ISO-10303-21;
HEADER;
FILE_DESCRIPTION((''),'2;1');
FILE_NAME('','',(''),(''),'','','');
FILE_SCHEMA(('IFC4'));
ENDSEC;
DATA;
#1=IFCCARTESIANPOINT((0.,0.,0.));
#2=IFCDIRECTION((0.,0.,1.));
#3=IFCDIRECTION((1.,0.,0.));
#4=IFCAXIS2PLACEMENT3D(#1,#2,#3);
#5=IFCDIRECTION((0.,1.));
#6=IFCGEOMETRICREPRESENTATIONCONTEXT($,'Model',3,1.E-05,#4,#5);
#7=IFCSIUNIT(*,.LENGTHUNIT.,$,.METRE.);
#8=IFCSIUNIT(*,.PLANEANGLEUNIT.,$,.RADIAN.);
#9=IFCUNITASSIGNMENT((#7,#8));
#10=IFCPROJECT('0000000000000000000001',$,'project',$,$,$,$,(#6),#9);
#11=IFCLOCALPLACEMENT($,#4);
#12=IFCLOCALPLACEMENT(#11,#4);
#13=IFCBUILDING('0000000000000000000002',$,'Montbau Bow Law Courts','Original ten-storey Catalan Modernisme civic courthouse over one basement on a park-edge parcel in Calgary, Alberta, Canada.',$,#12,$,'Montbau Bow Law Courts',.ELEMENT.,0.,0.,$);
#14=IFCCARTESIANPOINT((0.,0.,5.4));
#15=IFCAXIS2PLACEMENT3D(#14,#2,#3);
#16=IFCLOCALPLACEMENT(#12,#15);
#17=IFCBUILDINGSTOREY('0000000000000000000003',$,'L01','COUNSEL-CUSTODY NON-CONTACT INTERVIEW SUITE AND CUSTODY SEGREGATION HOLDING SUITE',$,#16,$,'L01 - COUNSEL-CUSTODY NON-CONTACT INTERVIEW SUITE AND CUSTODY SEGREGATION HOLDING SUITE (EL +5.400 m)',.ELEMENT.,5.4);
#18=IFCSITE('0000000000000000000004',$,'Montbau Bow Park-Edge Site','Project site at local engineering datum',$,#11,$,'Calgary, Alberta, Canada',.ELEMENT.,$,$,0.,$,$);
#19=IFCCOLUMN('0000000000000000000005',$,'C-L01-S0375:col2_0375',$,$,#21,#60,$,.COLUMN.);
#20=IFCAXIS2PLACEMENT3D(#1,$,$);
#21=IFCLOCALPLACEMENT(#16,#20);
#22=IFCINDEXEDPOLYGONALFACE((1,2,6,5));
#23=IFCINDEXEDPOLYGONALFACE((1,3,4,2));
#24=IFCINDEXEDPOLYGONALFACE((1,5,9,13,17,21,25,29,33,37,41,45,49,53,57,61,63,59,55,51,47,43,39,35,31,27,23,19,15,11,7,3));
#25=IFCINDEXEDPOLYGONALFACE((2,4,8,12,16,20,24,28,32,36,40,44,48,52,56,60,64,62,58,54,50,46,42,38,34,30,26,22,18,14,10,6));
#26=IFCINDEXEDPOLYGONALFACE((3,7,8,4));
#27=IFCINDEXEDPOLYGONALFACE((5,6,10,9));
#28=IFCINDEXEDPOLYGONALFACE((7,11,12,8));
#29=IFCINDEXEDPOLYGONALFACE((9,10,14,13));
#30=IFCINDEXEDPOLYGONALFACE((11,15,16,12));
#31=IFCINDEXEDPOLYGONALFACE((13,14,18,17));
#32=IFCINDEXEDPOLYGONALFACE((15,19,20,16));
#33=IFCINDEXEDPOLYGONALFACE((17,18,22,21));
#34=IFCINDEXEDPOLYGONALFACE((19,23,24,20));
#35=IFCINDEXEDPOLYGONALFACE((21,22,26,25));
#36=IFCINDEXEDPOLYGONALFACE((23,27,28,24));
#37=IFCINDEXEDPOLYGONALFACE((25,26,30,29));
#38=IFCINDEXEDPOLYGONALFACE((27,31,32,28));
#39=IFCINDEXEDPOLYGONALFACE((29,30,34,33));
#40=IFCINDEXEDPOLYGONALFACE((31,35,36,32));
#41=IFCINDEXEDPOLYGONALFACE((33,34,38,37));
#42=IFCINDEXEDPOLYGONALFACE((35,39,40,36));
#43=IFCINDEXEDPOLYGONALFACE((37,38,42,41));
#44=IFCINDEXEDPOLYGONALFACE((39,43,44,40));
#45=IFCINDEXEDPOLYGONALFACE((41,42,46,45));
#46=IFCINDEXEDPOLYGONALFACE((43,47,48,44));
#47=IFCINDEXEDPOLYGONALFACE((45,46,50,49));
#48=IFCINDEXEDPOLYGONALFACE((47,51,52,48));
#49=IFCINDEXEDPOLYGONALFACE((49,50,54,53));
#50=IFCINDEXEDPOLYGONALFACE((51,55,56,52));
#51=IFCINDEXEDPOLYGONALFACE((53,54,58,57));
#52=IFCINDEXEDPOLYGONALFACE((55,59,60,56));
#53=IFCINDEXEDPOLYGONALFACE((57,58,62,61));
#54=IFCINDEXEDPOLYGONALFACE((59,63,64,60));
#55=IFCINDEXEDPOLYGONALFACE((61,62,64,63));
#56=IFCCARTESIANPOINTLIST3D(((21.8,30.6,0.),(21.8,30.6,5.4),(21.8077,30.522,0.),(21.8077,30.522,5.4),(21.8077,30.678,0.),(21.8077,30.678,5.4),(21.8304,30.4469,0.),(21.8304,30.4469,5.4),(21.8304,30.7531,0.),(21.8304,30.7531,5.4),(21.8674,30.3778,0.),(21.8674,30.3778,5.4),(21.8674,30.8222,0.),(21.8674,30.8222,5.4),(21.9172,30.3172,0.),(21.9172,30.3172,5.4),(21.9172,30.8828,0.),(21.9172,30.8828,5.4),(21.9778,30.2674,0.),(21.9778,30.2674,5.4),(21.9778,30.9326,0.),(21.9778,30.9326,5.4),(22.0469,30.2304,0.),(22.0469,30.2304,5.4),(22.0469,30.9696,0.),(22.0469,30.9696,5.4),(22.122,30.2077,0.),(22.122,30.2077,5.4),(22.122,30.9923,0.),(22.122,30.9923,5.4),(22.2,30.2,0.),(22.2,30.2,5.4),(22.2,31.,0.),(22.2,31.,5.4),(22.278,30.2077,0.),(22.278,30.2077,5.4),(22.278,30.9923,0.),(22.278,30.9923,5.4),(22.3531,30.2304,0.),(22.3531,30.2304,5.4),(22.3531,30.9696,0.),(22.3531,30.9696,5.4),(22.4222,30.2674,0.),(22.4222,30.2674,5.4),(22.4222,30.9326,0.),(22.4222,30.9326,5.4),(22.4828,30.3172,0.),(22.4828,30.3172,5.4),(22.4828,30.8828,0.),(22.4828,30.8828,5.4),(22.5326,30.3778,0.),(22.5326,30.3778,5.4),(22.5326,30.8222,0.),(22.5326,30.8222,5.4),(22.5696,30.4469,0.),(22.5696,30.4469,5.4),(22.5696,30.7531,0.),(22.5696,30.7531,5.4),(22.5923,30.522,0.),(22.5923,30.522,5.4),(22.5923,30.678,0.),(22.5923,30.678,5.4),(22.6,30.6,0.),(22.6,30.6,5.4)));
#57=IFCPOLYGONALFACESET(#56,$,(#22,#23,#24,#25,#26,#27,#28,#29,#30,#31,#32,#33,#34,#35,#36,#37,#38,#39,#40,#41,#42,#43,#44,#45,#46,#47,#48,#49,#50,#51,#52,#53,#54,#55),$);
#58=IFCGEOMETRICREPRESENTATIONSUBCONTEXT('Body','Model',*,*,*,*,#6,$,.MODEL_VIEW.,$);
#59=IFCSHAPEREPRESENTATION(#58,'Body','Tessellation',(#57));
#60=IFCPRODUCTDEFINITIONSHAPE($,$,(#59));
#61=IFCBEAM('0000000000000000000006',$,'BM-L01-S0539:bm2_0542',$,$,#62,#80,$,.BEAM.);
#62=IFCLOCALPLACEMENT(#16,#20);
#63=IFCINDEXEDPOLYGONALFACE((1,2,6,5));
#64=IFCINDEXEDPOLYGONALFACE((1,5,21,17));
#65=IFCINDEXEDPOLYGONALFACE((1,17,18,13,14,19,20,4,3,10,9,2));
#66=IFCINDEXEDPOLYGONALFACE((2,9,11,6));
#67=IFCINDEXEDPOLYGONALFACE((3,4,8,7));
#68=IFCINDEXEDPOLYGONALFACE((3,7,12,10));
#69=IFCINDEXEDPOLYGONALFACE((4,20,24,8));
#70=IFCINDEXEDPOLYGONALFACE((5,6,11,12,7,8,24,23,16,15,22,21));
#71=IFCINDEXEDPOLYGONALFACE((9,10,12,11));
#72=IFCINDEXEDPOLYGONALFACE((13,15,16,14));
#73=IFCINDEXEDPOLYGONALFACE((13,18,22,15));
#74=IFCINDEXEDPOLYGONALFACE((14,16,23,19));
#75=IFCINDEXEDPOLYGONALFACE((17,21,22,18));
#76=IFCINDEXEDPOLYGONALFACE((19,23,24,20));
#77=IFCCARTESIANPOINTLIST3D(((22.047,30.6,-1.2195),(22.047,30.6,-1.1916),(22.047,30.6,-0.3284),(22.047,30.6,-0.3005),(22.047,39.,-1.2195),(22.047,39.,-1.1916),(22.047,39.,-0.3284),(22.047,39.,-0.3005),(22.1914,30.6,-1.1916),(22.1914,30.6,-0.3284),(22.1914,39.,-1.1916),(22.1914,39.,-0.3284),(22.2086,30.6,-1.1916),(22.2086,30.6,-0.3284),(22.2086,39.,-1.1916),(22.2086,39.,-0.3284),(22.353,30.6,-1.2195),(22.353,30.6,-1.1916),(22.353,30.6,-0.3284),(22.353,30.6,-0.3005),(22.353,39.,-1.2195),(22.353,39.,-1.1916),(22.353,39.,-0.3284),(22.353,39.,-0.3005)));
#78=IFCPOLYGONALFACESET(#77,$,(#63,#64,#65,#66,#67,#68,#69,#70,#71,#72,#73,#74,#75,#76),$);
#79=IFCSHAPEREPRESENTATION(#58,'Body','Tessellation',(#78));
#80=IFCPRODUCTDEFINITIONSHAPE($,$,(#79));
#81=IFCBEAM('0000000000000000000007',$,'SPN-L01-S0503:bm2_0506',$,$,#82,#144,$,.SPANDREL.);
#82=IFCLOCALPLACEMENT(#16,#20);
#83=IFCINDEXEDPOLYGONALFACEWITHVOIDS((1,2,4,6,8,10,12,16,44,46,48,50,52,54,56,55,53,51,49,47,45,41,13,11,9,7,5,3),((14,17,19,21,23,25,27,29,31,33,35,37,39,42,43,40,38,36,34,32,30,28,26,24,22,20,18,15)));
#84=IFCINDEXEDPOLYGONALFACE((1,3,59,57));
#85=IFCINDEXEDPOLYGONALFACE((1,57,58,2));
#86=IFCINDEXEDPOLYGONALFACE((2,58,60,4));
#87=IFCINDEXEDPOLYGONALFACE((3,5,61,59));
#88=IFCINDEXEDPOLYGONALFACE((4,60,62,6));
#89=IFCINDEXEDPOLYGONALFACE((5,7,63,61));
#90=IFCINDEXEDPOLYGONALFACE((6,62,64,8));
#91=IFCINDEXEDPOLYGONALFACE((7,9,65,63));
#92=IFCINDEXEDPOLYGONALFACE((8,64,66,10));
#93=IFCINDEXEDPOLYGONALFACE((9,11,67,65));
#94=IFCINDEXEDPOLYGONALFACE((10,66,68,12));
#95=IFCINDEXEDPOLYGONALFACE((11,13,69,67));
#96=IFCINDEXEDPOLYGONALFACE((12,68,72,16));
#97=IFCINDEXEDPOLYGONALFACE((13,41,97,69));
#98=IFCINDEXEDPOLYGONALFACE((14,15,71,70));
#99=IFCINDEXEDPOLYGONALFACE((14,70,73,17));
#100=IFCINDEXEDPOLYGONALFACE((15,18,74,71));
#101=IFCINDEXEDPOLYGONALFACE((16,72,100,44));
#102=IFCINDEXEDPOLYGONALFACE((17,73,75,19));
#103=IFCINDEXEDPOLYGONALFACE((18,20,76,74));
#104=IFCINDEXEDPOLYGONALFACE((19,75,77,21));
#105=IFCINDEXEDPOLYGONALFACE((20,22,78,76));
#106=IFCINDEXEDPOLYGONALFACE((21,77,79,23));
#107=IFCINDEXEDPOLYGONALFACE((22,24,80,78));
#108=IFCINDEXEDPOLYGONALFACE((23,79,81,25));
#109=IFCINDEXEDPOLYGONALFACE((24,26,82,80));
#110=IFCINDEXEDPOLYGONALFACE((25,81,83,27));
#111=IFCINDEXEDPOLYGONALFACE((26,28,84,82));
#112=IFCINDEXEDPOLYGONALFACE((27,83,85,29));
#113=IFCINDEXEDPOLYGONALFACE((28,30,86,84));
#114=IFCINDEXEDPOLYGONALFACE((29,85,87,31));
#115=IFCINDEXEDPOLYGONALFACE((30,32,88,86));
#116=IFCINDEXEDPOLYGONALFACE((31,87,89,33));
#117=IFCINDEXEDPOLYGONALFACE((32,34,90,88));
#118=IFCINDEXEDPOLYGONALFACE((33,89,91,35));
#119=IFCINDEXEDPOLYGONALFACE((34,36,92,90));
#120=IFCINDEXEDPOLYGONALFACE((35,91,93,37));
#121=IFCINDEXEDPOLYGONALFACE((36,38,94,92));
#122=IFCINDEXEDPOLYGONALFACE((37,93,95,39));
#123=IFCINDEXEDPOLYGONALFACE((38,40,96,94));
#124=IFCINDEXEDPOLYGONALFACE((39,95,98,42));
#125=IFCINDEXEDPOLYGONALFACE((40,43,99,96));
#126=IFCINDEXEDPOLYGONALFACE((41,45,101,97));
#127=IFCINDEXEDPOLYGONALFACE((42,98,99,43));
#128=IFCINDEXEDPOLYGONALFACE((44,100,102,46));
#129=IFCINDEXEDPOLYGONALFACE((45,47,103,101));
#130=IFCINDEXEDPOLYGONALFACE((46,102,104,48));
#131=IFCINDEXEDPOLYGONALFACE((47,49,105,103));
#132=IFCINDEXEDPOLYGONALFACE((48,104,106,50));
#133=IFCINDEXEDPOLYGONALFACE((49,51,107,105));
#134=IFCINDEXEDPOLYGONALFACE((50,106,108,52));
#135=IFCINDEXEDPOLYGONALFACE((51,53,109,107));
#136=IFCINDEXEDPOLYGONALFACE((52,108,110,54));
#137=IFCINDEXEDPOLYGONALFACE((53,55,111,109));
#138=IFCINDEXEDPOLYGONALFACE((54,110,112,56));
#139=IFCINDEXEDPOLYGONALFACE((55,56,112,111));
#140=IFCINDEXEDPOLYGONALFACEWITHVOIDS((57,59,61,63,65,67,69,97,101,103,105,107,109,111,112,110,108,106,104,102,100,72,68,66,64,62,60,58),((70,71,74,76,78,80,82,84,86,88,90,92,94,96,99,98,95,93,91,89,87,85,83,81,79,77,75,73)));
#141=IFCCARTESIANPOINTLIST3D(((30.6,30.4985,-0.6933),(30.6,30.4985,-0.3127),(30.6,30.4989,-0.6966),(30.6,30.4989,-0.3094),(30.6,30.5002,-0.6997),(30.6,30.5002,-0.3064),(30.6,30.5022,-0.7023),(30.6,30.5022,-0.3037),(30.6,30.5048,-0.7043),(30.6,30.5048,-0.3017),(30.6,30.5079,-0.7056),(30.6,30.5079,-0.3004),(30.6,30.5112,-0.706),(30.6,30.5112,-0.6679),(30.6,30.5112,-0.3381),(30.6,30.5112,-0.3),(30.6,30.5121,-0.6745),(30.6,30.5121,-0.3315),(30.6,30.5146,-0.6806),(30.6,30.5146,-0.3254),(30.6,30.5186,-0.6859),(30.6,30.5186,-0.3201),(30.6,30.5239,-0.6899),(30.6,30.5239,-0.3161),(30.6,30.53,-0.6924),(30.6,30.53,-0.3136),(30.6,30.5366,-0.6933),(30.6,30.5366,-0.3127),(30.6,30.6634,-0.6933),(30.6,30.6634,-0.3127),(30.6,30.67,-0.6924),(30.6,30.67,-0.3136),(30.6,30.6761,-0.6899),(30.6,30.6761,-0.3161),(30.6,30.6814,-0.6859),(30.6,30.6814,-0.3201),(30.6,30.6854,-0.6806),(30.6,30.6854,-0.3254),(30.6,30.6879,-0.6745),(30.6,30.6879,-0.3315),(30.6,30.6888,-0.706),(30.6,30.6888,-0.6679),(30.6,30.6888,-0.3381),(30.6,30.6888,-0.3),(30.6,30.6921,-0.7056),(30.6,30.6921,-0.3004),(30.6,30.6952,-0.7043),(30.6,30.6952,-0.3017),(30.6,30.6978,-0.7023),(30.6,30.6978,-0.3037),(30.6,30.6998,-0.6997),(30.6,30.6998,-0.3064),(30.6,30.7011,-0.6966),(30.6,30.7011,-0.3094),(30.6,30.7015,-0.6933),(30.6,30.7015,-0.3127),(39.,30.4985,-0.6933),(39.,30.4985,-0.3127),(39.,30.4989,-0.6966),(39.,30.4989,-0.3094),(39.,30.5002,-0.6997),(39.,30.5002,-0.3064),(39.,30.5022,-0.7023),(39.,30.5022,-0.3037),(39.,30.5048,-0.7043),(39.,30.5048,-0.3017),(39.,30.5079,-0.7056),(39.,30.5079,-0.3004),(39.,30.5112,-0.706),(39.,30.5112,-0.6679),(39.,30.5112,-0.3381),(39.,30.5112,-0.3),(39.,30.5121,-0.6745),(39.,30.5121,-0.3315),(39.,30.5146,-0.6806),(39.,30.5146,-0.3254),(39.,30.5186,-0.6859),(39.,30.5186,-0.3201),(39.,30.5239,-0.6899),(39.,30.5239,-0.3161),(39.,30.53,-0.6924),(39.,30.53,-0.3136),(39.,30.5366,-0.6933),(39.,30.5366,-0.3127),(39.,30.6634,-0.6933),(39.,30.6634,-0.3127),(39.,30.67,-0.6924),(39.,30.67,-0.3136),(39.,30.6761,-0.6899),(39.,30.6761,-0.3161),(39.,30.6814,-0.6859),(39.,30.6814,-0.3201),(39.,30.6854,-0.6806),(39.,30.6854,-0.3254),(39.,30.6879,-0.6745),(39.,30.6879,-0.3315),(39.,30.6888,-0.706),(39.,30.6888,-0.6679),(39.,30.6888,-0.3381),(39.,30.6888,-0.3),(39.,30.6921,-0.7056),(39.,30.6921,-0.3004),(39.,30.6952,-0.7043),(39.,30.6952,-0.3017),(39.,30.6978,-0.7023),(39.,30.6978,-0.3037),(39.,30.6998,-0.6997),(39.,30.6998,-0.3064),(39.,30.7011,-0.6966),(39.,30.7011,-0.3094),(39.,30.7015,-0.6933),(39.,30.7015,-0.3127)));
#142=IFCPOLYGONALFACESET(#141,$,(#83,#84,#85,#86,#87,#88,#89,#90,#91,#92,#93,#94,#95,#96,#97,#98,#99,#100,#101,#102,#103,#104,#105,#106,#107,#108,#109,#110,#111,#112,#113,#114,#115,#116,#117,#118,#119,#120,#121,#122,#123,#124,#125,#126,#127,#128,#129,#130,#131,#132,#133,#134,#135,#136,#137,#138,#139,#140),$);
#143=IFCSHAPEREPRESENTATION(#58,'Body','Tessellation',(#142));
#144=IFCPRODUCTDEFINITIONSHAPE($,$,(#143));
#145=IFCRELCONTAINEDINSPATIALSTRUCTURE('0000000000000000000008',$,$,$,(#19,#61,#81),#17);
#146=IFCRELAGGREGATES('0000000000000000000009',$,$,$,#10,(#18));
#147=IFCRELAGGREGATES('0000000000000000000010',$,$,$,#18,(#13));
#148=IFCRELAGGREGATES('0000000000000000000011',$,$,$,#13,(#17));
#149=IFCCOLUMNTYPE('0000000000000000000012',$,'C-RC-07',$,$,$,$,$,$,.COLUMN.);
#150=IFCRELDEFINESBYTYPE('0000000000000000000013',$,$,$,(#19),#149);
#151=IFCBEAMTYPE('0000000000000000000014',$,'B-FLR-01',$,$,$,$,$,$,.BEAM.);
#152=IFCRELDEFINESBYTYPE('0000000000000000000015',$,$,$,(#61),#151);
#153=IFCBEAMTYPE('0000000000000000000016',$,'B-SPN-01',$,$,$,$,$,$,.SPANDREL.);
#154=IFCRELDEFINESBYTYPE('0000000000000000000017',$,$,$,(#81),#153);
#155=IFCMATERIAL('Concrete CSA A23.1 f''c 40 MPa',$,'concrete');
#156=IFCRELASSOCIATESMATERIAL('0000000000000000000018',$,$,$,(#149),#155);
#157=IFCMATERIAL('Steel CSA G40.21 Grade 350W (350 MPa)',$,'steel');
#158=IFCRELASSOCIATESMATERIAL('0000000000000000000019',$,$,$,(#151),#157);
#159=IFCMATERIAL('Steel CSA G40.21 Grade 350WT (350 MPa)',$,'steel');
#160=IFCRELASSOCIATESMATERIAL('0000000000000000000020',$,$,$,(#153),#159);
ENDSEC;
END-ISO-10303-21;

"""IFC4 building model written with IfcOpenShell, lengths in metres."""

from ifc_helpers import new_model, si_unit, direction, frame, origin_with_axes, origin_2d_with_axis, place, context, subcontext, project, spatial, hollow_rectangle, circle, i_section, extrude, material, material_profile, profile_set, type_object, element, save


model = new_model("IFC4")

# Units and contexts
model_context = context("Model", 3, precision=1e-05, world=origin_with_axes(), true_north=direction((0.0, 1.0)))
body_context = subcontext(model_context, "Body", "Model", "MODEL_VIEW")
ifc_project = project(units=[si_unit("LENGTHUNIT", "METRE"), si_unit("PLANEANGLEUNIT", "RADIAN")], contexts=[model_context])

# Site, building, storey
site_placement = place(None, origin_with_axes())
site = spatial("IfcSite", under=ifc_project, at=site_placement, Name="Montbau Bow Park-Edge Site", Description="Project site at local engineering datum", LongName="Calgary, Alberta, Canada", CompositionType="ELEMENT", RefElevation=0.0)
building_placement = place(site_placement, origin_with_axes())
building = spatial("IfcBuilding", under=site, at=building_placement, Name="Montbau Bow Law Courts", Description="Original ten-storey Catalan Modernisme civic courthouse over one basement on a park-edge parcel in Calgary, Alberta, Canada.", LongName="Montbau Bow Law Courts", CompositionType="ELEMENT", ElevationOfRefHeight=0.0, ElevationOfTerrain=0.0)
storey_placement = place(building_placement, frame((0.0, 0.0, 5.4), z_axis=(0.0, 0.0, 1.0), x_axis=(1.0, 0.0, 0.0)))
storey = spatial("IfcBuildingStorey", under=building, at=storey_placement, Name="L01", Description="COUNSEL-CUSTODY NON-CONTACT INTERVIEW SUITE AND CUSTODY SEGREGATION HOLDING SUITE", LongName="L01 - COUNSEL-CUSTODY NON-CONTACT INTERVIEW SUITE AND CUSTODY SEGREGATION HOLDING SUITE (EL +5.400 m)", CompositionType="ELEMENT", Elevation=5.4)

# Column
ifc_material_1 = material(Name="Concrete CSA A23.1 f'c 40 MPa", Category="concrete")
ifc_material_profile_1 = material_profile(ifc_material_1, circle(Radius=0.4, at=origin_2d_with_axis()), Name="RC800D", Category="Main", Priority=0)
ifc_profile_set_1 = profile_set([ifc_material_profile_1], Name="Concrete CSA A23.1 f'c 40 MPa")
column_type = type_object("IfcColumnType", Name="C-RC-07", PredefinedType="COLUMN", material=ifc_profile_set_1)
column_placement = place(None, frame((22.2, 30.6, 5.4), z_axis=(0.0, 0.0, 1.0), x_axis=(1.0, 0.0, 0.0)))
element("IfcColumn", 1, at=column_placement, inside=storey, type_object=column_type, Name="C-L01-S0375:col2_0375", PredefinedType="COLUMN", context=body_context, shape_type="SweptSolid", body=[
    extrude(circle(Radius=0.4, at=origin_2d_with_axis()), origin_with_axes(), (0.0, 0.0, 1.0), 5.4),
])

# Beams
ifc_material_2 = material(Name="Steel CSA G40.21 Grade 350W (350 MPa)", Category="steel")
ifc_material_profile_2 = material_profile(ifc_material_2, i_section(OverallWidth=0.306, OverallDepth=0.919, WebThickness=0.0173, FlangeThickness=0.0279, at=origin_2d_with_axis()), Name="W920X253", Category="Main", Priority=0)
ifc_profile_set_2 = profile_set([ifc_material_profile_2], Name="Steel CSA G40.21 Grade 350W (350 MPa)")
beam_type_1 = type_object("IfcBeamType", Name="B-FLR-01", PredefinedType="BEAM", material=ifc_profile_set_2)
beam_1_placement = place(None, frame((22.2, 30.6, 4.64), z_axis=(0.0, 1.0, 0.0), x_axis=(-1.0, 0.0, 0.0)))
element("IfcBeam", 2, at=beam_1_placement, inside=storey, type_object=beam_type_1, Name="BM-L01-S0539:bm2_0542", PredefinedType="BEAM", context=body_context, shape_type="SweptSolid", body=[
    extrude(i_section(OverallWidth=0.306, OverallDepth=0.919, WebThickness=0.0173, FlangeThickness=0.0279, at=origin_2d_with_axis()), origin_with_axes(), (0.0, 0.0, 1.0), 8.4),
])
ifc_material_3 = material(Name="Steel CSA G40.21 Grade 350WT (350 MPa)", Category="steel")
ifc_material_profile_3 = material_profile(ifc_material_3, hollow_rectangle(XDim=0.203, YDim=0.406, WallThickness=0.0127, InnerFilletRadius=0.0254, OuterFilletRadius=0.0127, at=origin_2d_with_axis()), Name="HSS406X203X13", Category="Main", Priority=0)
ifc_profile_set_3 = profile_set([ifc_material_profile_3], Name="Steel CSA G40.21 Grade 350WT (350 MPa)")
beam_type_2 = type_object("IfcBeamType", Name="B-SPN-01", PredefinedType="SPANDREL", material=ifc_profile_set_3)
beam_2_placement = place(None, frame((30.6, 30.6, 4.897), z_axis=(1.0, 0.0, 0.0), x_axis=(0.0, 1.0, 0.0)))
element("IfcBeam", 3, at=beam_2_placement, inside=storey, type_object=beam_type_2, Name="SPN-L01-S0503:bm2_0506", PredefinedType="SPANDREL", context=body_context, shape_type="SweptSolid", body=[
    extrude(hollow_rectangle(XDim=0.203, YDim=0.406, WallThickness=0.0127, InnerFilletRadius=0.0254, OuterFilletRadius=0.0127, at=origin_2d_with_axis()), origin_with_axes(), (0.0, 0.0, 1.0), 8.4),
])

save(model, "model.ifc")
